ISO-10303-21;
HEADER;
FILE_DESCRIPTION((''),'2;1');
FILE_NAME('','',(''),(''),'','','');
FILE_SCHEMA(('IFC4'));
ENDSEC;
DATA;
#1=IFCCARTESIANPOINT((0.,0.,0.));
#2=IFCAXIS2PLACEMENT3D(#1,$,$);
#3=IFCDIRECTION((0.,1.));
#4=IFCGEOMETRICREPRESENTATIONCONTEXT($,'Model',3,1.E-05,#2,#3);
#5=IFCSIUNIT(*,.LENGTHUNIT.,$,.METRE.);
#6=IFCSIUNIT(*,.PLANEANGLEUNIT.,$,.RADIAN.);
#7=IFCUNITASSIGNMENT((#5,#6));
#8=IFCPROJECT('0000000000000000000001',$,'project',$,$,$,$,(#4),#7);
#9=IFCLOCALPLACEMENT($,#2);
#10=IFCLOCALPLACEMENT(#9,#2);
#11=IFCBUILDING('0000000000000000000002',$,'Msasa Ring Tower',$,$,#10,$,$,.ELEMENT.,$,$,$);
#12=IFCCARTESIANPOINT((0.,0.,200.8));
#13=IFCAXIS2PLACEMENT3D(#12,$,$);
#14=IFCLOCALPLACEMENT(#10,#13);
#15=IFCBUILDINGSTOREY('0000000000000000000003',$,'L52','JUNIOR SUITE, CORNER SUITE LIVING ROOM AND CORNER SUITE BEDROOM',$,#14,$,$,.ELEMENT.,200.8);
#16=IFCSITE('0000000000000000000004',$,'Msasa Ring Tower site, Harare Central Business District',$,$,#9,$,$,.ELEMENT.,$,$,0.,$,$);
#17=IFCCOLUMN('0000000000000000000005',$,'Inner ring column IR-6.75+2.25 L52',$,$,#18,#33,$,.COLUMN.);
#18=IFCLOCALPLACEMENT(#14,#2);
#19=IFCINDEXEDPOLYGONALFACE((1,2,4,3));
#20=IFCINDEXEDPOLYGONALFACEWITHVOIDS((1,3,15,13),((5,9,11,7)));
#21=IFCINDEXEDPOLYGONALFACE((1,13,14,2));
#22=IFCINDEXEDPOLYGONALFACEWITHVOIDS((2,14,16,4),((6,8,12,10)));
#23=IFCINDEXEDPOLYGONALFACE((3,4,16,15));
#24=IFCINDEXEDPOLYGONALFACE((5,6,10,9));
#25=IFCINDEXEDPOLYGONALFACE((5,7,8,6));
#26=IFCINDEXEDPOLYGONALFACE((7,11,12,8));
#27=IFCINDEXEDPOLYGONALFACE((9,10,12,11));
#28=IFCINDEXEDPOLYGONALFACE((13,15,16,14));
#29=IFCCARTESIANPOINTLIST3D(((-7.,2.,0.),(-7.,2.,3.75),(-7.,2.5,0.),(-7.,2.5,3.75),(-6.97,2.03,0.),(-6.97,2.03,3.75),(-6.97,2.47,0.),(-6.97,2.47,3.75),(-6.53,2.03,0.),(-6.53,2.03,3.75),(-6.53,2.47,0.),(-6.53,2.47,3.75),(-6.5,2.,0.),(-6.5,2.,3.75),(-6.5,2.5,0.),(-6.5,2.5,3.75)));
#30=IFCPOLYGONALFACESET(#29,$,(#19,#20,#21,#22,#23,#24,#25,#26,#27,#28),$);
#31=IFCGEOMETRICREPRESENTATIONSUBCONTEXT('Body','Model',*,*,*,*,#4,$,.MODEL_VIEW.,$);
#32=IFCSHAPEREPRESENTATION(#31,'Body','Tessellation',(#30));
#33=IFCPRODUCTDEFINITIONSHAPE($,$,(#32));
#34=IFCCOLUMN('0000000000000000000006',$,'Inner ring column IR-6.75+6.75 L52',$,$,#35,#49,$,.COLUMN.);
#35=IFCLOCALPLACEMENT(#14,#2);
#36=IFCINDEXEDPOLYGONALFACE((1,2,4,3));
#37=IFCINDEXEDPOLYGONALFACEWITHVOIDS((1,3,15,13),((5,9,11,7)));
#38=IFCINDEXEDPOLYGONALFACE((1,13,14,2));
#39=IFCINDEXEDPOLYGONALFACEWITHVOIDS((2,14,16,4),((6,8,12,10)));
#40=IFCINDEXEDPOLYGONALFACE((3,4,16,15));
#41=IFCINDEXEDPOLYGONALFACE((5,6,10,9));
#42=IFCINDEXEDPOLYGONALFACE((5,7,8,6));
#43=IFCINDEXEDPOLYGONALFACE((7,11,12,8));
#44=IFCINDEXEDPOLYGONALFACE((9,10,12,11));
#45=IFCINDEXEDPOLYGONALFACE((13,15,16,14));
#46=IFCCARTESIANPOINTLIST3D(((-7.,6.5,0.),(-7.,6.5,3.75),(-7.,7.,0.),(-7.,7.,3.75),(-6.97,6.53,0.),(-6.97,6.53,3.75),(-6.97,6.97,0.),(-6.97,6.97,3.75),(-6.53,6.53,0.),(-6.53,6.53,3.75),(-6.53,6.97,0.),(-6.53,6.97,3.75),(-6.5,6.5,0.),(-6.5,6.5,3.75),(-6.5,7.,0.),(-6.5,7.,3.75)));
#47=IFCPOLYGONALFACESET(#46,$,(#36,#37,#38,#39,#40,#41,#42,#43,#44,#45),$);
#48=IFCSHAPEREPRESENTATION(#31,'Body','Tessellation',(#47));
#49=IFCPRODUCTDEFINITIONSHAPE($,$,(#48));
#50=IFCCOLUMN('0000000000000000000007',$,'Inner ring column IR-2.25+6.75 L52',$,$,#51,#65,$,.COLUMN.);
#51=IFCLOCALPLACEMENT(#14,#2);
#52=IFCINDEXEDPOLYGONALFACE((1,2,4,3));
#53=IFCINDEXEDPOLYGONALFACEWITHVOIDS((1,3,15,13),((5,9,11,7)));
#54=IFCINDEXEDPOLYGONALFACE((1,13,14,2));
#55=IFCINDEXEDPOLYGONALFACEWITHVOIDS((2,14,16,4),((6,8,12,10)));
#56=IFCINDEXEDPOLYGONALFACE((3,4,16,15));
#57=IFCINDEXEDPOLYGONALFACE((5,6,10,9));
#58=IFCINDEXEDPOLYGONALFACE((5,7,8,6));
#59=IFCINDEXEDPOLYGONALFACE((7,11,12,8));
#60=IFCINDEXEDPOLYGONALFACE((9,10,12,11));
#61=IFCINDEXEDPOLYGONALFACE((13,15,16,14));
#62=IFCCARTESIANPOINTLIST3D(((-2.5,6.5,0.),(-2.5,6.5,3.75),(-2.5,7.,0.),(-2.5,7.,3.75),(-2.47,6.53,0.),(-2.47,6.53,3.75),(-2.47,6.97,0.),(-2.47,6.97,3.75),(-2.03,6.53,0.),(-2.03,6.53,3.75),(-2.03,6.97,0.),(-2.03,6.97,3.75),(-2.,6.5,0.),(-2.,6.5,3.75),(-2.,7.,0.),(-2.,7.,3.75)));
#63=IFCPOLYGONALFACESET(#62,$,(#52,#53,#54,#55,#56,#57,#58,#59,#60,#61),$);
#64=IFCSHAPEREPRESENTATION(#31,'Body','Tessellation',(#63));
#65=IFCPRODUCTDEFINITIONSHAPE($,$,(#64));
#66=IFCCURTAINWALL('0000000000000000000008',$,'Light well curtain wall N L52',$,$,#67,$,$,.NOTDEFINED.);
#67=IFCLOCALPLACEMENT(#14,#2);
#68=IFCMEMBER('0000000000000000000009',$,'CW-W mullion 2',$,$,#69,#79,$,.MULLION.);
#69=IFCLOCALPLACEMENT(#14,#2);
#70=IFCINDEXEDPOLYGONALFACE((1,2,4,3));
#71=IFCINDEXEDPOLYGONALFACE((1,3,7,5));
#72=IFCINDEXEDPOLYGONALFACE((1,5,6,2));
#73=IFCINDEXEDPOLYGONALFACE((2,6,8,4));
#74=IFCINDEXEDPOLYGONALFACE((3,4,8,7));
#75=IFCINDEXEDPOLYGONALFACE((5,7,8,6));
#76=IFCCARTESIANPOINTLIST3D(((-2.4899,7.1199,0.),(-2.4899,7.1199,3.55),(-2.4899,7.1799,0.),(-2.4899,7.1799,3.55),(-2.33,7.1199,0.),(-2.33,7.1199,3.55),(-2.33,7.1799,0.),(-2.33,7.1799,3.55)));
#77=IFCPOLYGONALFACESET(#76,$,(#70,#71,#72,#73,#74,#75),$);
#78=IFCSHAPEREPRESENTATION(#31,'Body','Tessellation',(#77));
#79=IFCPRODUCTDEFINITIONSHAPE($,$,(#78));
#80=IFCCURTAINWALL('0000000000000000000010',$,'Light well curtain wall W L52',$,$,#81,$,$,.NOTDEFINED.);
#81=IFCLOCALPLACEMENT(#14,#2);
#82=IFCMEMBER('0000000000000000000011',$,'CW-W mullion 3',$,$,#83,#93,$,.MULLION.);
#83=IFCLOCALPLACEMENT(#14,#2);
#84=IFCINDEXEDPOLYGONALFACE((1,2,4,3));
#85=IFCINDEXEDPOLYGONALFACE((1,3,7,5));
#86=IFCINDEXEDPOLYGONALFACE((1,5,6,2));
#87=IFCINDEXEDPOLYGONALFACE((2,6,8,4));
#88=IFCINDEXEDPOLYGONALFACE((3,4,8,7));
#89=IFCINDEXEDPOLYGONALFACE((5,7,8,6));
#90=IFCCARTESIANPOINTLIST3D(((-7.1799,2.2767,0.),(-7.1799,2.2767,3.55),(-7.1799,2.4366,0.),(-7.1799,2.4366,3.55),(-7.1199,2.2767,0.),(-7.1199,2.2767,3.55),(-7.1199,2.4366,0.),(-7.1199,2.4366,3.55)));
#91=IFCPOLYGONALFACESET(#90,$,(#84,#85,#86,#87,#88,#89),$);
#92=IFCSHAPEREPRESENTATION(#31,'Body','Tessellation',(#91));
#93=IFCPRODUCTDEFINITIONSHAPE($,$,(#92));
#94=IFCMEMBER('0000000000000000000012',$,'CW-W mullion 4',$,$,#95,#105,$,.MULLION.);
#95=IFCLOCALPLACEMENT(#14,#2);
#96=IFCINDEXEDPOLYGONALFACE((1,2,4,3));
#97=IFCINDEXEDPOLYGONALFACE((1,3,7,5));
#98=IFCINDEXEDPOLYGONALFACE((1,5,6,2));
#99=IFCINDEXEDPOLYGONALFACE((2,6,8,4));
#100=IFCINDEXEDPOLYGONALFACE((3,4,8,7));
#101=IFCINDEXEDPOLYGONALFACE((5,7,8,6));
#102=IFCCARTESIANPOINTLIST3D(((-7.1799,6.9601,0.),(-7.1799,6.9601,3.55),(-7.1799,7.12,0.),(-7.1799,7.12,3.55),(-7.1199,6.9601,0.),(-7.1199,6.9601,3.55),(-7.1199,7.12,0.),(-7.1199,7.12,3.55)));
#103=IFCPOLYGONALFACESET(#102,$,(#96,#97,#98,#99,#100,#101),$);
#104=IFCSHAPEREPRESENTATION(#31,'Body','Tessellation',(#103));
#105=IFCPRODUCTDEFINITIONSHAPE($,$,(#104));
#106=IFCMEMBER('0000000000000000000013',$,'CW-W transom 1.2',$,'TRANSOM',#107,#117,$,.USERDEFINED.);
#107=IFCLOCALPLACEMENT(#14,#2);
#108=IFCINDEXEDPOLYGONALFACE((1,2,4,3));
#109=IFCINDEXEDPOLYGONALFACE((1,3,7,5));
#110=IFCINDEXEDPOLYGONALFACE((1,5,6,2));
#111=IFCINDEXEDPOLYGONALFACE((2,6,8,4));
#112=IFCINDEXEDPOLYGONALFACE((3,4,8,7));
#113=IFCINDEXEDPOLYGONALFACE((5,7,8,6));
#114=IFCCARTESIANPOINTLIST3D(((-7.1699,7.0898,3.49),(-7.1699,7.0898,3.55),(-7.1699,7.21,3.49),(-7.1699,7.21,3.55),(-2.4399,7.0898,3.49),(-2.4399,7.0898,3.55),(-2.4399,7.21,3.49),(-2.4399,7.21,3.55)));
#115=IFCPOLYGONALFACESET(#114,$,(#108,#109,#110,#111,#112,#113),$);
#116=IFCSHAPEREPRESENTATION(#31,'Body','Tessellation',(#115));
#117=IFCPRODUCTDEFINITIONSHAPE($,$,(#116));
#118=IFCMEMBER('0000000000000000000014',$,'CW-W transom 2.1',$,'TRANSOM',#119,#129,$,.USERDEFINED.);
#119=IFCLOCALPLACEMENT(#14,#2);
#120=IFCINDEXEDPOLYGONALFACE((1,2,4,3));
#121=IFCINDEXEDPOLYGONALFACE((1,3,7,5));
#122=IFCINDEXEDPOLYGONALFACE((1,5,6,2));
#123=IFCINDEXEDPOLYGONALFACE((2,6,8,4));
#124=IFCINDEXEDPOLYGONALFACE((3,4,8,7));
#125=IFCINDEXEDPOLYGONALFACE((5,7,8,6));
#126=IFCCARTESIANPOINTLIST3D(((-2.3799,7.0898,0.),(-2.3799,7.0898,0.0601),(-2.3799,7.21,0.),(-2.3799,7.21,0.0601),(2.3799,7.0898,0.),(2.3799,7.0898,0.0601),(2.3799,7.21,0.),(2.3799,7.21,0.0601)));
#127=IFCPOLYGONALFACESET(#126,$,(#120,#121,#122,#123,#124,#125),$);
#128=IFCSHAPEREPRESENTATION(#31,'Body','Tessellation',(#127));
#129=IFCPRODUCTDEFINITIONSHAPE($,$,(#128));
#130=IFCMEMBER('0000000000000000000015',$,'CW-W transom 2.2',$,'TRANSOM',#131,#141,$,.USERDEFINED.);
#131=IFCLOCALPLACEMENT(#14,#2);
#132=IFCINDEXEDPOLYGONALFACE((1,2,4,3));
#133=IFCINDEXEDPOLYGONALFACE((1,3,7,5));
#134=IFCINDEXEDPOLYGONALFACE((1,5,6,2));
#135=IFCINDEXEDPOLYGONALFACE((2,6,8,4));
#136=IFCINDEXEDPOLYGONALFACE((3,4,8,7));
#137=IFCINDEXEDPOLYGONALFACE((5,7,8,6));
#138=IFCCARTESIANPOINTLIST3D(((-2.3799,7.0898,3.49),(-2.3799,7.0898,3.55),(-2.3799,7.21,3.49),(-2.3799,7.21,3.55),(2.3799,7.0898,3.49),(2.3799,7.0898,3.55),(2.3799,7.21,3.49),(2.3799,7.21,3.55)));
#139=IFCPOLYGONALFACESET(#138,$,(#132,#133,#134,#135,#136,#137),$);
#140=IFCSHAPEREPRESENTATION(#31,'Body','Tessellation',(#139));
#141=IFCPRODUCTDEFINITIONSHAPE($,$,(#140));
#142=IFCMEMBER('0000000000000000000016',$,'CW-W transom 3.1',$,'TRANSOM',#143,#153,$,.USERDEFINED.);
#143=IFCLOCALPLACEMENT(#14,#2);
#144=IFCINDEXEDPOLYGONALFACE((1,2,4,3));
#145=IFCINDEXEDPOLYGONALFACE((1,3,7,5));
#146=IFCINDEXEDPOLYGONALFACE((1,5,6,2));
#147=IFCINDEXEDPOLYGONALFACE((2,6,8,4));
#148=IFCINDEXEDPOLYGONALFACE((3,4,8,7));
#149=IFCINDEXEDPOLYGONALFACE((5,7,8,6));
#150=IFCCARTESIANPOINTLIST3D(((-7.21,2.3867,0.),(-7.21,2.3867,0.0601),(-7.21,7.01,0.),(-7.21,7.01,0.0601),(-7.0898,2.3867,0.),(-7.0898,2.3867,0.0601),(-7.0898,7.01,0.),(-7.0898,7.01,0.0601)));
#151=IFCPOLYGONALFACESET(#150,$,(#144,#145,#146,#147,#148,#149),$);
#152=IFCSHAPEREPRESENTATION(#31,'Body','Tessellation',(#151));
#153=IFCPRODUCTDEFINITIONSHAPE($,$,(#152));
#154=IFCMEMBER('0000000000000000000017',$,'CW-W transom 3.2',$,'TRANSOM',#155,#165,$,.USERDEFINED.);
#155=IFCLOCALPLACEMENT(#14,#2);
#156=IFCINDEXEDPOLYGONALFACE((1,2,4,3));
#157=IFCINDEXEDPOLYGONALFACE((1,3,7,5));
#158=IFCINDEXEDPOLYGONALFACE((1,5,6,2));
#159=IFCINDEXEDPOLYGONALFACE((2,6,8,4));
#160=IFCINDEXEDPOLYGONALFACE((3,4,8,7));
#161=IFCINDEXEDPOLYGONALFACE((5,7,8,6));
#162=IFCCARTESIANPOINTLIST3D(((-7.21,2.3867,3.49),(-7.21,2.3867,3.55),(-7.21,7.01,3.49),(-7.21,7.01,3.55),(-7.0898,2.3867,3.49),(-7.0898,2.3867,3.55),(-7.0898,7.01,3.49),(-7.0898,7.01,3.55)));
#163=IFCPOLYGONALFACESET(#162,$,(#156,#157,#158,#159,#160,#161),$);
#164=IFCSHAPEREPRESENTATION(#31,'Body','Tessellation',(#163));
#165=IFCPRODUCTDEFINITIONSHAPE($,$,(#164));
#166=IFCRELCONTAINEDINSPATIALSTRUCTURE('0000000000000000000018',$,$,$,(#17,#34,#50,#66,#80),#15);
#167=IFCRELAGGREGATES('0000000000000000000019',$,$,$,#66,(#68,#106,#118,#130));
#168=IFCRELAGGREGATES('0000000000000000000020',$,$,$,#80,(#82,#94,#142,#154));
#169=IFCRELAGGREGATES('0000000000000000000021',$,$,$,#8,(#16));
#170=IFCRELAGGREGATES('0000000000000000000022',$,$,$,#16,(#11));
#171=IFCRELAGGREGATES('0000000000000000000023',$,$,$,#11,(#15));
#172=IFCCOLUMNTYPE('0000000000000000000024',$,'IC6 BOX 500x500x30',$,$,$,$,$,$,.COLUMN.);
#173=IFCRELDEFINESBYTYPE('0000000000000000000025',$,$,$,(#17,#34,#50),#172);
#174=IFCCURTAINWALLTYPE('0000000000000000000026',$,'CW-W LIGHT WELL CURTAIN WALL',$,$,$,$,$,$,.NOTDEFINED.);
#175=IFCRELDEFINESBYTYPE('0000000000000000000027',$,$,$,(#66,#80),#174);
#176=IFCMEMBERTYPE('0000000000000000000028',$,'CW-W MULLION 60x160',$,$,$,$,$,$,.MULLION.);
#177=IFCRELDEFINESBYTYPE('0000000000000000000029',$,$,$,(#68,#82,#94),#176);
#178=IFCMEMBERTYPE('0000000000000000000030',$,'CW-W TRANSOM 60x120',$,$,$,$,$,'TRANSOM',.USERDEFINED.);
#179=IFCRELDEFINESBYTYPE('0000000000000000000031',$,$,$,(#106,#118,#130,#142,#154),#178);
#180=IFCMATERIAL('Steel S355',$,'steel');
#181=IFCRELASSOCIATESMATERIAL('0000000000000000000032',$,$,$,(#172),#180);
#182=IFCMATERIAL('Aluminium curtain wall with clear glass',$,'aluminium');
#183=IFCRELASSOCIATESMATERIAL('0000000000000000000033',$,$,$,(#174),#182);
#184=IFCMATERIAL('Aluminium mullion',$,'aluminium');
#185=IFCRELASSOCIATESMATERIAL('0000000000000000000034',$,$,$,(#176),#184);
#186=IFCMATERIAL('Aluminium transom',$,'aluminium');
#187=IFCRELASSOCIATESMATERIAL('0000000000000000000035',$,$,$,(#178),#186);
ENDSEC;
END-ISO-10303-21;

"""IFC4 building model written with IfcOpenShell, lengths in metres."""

from ifc_helpers import new_model, si_unit, direction, frame, origin, origin_2d, place, context, subcontext, project, spatial, rectangle, hollow_rectangle, extrude, material, material_profile, profile_set, type_object, element, aggregate, save


model = new_model("IFC4")

# Units and contexts
model_context = context("Model", 3, precision=1e-05, world=origin(), true_north=direction((0.0, 1.0)))
body_context = subcontext(model_context, "Body", "Model", "MODEL_VIEW")
ifc_project = project(units=[si_unit("LENGTHUNIT", "METRE"), si_unit("PLANEANGLEUNIT", "RADIAN")], contexts=[model_context])

# Site, building, storey
site_placement = place(None, origin())
site = spatial("IfcSite", under=ifc_project, at=site_placement, Name="Msasa Ring Tower site, Harare Central Business District", CompositionType="ELEMENT", RefElevation=0.0)
building_placement = place(site_placement, origin())
building = spatial("IfcBuilding", under=site, at=building_placement, Name="Msasa Ring Tower", CompositionType="ELEMENT")
storey_placement = place(building_placement, frame((0.0, 0.0, 200.8)))
storey = spatial("IfcBuildingStorey", under=building, at=storey_placement, Name="L52", Description="JUNIOR SUITE, CORNER SUITE LIVING ROOM AND CORNER SUITE BEDROOM", CompositionType="ELEMENT", Elevation=200.8)

# Columns
ifc_material_1 = material(Name="Steel S355", Category="steel")
ifc_material_profile_1 = material_profile(ifc_material_1, hollow_rectangle(XDim=0.5, YDim=0.5, WallThickness=0.03, at=origin_2d()), Name="BOX 500x500x30")
ifc_profile_set_1 = profile_set([ifc_material_profile_1], Name="Steel S355")
column_type = type_object("IfcColumnType", Name="IC6 BOX 500x500x30", PredefinedType="COLUMN", material=ifc_profile_set_1)
for number, where, z_axis, x_axis, name in (
    (1, (-6.75, 2.25, 0.0), (0.0, 0.0, 1.0), (1.0, 0.0, 0.0), "Inner ring column IR-6.75+2.25 L52"),
    (2, (-6.75, 6.75, 0.0), (0.0, 0.0, 1.0), (1.0, 0.0, 0.0), "Inner ring column IR-6.75+6.75 L52"),
    (3, (-2.25, 6.75, 0.0), (0.0, 0.0, 1.0), (1.0, 0.0, 0.0), "Inner ring column IR-2.25+6.75 L52"),
):
    element("IfcColumn", number, at=place(storey_placement, frame(where, z_axis=z_axis, x_axis=x_axis)), inside=storey, type_object=column_type, Name=name, PredefinedType="COLUMN", context=body_context, shape_type="SweptSolid", body=[
        extrude(hollow_rectangle(XDim=0.5, YDim=0.5, WallThickness=0.03, at=origin_2d()), origin(), (0.0, 0.0, 1.0), 3.75),
    ])

# Curtain wall, member
ifc_material_2 = material(Name="Aluminium curtain wall with clear glass", Category="aluminium")
curtain_wall_type = type_object("IfcCurtainWallType", Name="CW-W LIGHT WELL CURTAIN WALL", PredefinedType="NOTDEFINED", material=ifc_material_2)
curtain_wall_1_placement = place(storey_placement, origin())
curtain_wall_1 = element("IfcCurtainWall", 4, at=curtain_wall_1_placement, inside=storey, type_object=curtain_wall_type, Name="Light well curtain wall N L52", PredefinedType="NOTDEFINED")
ifc_material_3 = material(Name="Aluminium mullion", Category="aluminium")
ifc_material_profile_2 = material_profile(ifc_material_3, rectangle(XDim=0.0601, YDim=0.1599, at=origin_2d()), Name="AL 60x160")
ifc_profile_set_2 = profile_set([ifc_material_profile_2], Name="Aluminium mullion")
member_type_1 = type_object("IfcMemberType", Name="CW-W MULLION 60x160", PredefinedType="MULLION", material=ifc_profile_set_2)
member_1_placement = place(storey_placement, frame((-2.4099, 7.1499, 0.0), z_axis=(0.0, 0.0, 1.0), x_axis=(0.0, 1.0, 0.0)))
member_1 = element("IfcMember", 5, at=member_1_placement, type_object=member_type_1, Name="CW-W mullion 2", PredefinedType="MULLION", context=body_context, shape_type="SweptSolid", body=[
    extrude(rectangle(XDim=0.0601, YDim=0.1599, at=origin_2d()), origin(), (0.0, 0.0, 1.0), 3.55),
])

# Curtain wall, members
curtain_wall_2_placement = place(storey_placement, origin())
curtain_wall_2 = element("IfcCurtainWall", 6, at=curtain_wall_2_placement, inside=storey, type_object=curtain_wall_type, Name="Light well curtain wall W L52", PredefinedType="NOTDEFINED")
member_2_placement = place(storey_placement, frame((-7.1499, 2.3567, 0.0), z_axis=(0.0, 0.0, 1.0), x_axis=(-1.0, 0.0, 0.0)))
member_2 = element("IfcMember", 7, at=member_2_placement, type_object=member_type_1, Name="CW-W mullion 3", PredefinedType="MULLION", context=body_context, shape_type="SweptSolid", body=[
    extrude(rectangle(XDim=0.0601, YDim=0.1599, at=origin_2d()), origin(), (0.0, 0.0, 1.0), 3.55),
])
member_3_placement = place(storey_placement, frame((-7.1499, 7.04, 0.0), z_axis=(0.0, 0.0, 1.0), x_axis=(-1.0, 0.0, 0.0)))
member_3 = element("IfcMember", 8, at=member_3_placement, type_object=member_type_1, Name="CW-W mullion 4", PredefinedType="MULLION", context=body_context, shape_type="SweptSolid", body=[
    extrude(rectangle(XDim=0.0601, YDim=0.1599, at=origin_2d()), origin(), (0.0, 0.0, 1.0), 3.55),
])

# Members
ifc_material_4 = material(Name="Aluminium transom", Category="aluminium")
ifc_material_profile_3 = material_profile(ifc_material_4, rectangle(XDim=0.1201, YDim=0.0601, at=origin_2d()), Name="AL 60x120")
ifc_profile_set_3 = profile_set([ifc_material_profile_3], Name="Aluminium transom")
member_type_2 = type_object("IfcMemberType", Name="CW-W TRANSOM 60x120", ElementType="TRANSOM", PredefinedType="USERDEFINED", material=ifc_profile_set_3)
member_4_placement = place(storey_placement, frame((-7.1699, 7.1499, 3.52), z_axis=(1.0, 0.0, 0.0), x_axis=(0.0, 1.0, 0.0)))
member_4 = element("IfcMember", 9, at=member_4_placement, type_object=member_type_2, Name="CW-W transom 1.2", ObjectType="TRANSOM", PredefinedType="USERDEFINED", context=body_context, shape_type="SweptSolid", body=[
    extrude(rectangle(XDim=0.1201, YDim=0.0601, at=origin_2d()), origin(), (0.0, 0.0, 1.0), 4.73),
])
member_5_placement = place(storey_placement, frame((-2.3799, 7.1499, 0.03), z_axis=(1.0, 0.0, 0.0), x_axis=(0.0, 1.0, 0.0)))
member_5 = element("IfcMember", 10, at=member_5_placement, type_object=member_type_2, Name="CW-W transom 2.1", ObjectType="TRANSOM", PredefinedType="USERDEFINED", context=body_context, shape_type="SweptSolid", body=[
    extrude(rectangle(XDim=0.1201, YDim=0.0601, at=origin_2d()), origin(), (0.0, 0.0, 1.0), 4.7598),
])
member_6_placement = place(storey_placement, frame((-2.3799, 7.1499, 3.52), z_axis=(1.0, 0.0, 0.0), x_axis=(0.0, 1.0, 0.0)))
member_6 = element("IfcMember", 11, at=member_6_placement, type_object=member_type_2, Name="CW-W transom 2.2", ObjectType="TRANSOM", PredefinedType="USERDEFINED", context=body_context, shape_type="SweptSolid", body=[
    extrude(rectangle(XDim=0.1201, YDim=0.0601, at=origin_2d()), origin(), (0.0, 0.0, 1.0), 4.7598),
])
member_7_placement = place(storey_placement, frame((-7.1499, 2.3867, 0.03), z_axis=(0.0, 1.0, 0.0), x_axis=(-1.0, 0.0, 0.0)))
member_7 = element("IfcMember", 12, at=member_7_placement, type_object=member_type_2, Name="CW-W transom 3.1", ObjectType="TRANSOM", PredefinedType="USERDEFINED", context=body_context, shape_type="SweptSolid", body=[
    extrude(rectangle(XDim=0.1201, YDim=0.0601, at=origin_2d()), origin(), (0.0, 0.0, 1.0), 4.6233),
])
member_8_placement = place(storey_placement, frame((-7.1499, 2.3867, 3.52), z_axis=(0.0, 1.0, 0.0), x_axis=(-1.0, 0.0, 0.0)))
member_8 = element("IfcMember", 13, at=member_8_placement, type_object=member_type_2, Name="CW-W transom 3.2", ObjectType="TRANSOM", PredefinedType="USERDEFINED", context=body_context, shape_type="SweptSolid", body=[
    extrude(rectangle(XDim=0.1201, YDim=0.0601, at=origin_2d()), origin(), (0.0, 0.0, 1.0), 4.6233),
])

aggregate(curtain_wall_1, [member_1, member_4, member_5, member_6])
aggregate(curtain_wall_2, [member_2, member_3, member_7, member_8])

save(model, "model.ifc")
